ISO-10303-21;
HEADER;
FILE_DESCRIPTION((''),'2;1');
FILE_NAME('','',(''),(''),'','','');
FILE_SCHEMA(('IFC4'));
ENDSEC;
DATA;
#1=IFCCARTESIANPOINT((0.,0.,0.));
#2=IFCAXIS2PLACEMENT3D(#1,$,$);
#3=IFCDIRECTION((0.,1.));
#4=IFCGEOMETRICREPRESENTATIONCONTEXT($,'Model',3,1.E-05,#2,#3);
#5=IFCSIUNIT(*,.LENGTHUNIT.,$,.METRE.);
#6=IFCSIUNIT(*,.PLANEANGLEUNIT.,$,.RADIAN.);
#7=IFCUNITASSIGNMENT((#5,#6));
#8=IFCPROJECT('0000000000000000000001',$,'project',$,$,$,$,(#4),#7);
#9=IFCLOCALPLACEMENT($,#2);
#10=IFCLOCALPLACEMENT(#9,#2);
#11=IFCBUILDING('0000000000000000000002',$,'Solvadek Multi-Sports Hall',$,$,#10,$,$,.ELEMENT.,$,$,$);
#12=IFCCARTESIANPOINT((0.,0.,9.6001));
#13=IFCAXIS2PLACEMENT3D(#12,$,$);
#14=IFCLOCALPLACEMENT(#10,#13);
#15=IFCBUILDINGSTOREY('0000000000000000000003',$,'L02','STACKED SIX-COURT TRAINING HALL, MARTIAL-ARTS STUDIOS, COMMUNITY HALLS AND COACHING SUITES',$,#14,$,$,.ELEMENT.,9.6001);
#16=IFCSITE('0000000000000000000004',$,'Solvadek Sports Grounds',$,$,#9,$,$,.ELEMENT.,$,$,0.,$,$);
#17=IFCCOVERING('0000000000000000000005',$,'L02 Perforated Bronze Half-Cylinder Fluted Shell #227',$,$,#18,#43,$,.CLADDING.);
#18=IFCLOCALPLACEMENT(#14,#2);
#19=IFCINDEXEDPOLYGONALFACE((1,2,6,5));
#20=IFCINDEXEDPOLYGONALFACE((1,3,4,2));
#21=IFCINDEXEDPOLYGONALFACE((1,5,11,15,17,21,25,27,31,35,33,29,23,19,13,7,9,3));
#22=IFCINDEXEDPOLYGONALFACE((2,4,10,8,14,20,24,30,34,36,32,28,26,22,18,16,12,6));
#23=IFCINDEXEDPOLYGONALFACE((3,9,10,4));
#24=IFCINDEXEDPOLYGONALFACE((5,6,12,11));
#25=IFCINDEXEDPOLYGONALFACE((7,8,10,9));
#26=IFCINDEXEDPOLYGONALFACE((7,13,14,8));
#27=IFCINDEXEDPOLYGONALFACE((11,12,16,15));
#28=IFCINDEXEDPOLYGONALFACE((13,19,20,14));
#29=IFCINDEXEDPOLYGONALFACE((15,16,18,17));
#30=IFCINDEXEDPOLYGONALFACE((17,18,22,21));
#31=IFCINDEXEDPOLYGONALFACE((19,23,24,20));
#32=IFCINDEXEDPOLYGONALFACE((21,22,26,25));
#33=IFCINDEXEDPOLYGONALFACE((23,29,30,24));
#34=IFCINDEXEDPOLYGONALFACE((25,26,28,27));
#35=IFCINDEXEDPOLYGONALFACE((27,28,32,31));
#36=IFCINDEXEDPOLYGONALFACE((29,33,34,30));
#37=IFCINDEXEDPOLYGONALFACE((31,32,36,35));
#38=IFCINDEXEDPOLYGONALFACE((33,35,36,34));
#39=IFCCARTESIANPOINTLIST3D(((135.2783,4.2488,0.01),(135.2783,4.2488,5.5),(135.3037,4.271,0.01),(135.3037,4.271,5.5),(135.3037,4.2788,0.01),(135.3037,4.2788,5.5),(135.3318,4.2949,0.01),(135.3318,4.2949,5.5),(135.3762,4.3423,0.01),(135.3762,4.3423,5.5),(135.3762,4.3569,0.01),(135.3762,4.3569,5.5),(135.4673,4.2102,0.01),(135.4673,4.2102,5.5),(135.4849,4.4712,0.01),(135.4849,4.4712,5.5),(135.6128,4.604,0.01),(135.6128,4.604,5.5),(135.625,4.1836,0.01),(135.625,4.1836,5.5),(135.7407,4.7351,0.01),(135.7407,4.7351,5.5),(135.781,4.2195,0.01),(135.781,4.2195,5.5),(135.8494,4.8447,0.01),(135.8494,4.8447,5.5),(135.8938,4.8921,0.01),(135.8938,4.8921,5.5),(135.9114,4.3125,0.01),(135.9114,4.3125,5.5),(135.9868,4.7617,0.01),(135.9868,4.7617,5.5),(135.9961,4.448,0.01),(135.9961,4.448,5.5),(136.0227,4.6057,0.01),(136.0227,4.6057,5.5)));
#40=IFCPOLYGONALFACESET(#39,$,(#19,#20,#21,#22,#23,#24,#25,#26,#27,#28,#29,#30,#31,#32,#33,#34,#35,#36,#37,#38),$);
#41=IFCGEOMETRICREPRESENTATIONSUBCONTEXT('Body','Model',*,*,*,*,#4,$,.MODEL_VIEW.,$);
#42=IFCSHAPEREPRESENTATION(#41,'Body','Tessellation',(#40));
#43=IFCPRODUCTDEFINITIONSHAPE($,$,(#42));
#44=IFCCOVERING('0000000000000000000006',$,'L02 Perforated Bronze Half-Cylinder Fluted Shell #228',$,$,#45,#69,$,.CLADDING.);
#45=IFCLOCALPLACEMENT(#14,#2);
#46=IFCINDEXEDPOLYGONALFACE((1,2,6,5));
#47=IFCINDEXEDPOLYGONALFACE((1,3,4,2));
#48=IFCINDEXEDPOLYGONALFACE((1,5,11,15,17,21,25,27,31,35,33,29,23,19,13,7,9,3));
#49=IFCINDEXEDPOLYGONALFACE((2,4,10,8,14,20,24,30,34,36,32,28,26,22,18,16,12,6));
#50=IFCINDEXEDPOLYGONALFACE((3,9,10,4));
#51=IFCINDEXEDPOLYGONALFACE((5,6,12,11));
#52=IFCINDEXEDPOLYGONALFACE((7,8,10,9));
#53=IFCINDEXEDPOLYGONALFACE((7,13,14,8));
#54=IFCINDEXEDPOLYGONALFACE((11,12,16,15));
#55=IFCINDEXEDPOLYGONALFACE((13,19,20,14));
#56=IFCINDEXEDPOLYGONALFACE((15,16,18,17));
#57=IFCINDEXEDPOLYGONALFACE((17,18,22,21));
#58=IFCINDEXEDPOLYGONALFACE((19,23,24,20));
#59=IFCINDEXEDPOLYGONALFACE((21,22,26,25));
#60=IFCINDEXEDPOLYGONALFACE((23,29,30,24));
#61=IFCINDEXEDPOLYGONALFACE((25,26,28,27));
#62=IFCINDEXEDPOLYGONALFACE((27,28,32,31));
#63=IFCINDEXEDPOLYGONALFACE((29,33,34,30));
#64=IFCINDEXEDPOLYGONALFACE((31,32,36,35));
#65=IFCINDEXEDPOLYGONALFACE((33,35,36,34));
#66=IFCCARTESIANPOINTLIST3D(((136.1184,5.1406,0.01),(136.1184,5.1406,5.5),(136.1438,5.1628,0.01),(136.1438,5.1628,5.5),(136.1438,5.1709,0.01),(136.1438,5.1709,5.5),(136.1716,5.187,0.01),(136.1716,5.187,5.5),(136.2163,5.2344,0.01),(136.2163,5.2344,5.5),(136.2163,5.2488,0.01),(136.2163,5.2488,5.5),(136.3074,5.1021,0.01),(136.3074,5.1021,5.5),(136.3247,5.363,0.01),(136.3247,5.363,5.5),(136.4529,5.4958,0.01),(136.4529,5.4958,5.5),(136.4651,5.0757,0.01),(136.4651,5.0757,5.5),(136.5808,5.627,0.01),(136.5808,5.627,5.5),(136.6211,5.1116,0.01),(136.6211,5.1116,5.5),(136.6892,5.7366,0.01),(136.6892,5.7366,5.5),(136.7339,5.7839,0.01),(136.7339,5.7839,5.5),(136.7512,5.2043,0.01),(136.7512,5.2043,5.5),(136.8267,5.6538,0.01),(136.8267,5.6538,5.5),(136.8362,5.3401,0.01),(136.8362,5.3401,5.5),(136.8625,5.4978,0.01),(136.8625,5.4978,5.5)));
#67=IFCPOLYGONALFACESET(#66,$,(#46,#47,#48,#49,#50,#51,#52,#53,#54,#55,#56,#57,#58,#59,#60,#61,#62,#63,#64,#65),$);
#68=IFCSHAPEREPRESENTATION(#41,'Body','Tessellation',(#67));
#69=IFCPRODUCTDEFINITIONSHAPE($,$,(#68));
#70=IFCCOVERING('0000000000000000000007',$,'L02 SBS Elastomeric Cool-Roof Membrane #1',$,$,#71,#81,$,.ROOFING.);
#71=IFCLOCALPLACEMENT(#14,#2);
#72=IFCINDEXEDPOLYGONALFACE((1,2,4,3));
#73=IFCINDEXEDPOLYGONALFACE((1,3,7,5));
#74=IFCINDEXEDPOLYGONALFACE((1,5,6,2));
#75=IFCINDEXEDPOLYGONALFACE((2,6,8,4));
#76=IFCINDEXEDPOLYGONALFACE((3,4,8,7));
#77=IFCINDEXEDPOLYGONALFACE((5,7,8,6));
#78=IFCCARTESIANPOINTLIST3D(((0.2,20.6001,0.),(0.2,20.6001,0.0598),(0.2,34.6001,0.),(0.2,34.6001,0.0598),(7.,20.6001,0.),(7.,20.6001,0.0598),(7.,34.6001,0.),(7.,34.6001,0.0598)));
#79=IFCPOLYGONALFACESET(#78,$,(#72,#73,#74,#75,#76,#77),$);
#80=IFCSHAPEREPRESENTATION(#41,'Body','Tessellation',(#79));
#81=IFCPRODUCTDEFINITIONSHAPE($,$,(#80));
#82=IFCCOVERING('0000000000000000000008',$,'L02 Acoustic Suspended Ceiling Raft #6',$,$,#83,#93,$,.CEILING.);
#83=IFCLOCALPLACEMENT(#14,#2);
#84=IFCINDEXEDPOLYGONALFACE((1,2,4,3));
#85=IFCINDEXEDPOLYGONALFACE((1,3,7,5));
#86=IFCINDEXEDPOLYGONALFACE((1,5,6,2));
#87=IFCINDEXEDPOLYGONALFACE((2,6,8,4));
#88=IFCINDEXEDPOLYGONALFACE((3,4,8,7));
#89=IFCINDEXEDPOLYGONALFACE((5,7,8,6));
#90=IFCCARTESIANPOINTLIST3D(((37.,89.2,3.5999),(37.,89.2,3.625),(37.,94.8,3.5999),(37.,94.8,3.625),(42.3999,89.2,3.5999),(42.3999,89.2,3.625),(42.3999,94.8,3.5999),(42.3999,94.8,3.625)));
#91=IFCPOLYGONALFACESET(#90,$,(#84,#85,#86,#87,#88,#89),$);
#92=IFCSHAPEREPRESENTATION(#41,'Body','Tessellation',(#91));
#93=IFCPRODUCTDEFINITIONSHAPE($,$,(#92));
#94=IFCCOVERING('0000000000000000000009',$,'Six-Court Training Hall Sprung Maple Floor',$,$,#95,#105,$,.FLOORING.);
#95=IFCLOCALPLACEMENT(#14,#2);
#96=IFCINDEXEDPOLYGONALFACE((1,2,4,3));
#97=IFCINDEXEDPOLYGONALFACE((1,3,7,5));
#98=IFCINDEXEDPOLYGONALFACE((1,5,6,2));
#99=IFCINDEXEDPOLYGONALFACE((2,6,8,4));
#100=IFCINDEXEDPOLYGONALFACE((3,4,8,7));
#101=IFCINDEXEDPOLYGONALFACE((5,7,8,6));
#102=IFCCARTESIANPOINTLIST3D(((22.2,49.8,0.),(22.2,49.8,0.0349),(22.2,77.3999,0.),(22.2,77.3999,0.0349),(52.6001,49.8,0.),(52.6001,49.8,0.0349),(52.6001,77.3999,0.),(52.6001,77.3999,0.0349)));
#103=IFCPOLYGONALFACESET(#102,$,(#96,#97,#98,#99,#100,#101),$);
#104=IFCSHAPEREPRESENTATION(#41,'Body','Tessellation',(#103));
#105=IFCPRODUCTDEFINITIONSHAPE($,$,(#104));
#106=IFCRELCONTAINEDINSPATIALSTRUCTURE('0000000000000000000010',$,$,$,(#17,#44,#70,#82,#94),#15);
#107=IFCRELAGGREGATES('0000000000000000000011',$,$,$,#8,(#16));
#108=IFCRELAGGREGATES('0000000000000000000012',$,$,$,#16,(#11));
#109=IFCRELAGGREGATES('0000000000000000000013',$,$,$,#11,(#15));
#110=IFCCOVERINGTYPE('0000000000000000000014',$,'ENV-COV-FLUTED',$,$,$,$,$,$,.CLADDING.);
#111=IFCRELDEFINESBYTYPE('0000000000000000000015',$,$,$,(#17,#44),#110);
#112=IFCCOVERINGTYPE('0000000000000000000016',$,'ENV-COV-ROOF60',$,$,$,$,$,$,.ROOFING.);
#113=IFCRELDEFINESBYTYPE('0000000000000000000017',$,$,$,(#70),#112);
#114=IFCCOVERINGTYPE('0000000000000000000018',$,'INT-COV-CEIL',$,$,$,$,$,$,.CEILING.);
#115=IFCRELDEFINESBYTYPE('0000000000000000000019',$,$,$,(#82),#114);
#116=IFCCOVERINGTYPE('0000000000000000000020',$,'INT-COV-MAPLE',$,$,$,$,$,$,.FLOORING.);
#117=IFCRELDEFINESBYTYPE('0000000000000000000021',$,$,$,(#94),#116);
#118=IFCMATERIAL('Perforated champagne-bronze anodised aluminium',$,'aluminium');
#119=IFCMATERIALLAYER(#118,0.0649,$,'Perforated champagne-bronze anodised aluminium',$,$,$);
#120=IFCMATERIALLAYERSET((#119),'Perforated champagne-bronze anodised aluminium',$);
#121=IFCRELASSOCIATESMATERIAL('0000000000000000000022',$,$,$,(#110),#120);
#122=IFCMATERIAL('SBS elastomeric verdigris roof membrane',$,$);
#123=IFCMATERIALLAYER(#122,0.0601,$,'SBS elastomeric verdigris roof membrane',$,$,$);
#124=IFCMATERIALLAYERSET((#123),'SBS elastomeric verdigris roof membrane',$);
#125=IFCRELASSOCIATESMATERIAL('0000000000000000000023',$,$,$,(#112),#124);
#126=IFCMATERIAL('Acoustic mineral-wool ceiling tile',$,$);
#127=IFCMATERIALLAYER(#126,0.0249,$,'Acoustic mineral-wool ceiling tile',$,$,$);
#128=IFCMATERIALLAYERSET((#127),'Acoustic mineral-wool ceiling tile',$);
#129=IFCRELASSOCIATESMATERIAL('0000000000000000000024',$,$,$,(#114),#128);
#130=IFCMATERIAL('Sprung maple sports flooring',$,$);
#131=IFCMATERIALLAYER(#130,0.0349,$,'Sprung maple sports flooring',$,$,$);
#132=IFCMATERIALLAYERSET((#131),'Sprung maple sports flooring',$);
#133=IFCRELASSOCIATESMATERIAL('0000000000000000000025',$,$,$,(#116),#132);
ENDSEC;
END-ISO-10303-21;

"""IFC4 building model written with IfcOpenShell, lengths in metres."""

from ifc_helpers import new_model, si_unit, direction, frame, origin, place, context, subcontext, project, spatial, polyline, outline, extrude, material, layer, layer_set, type_object, element, save


model = new_model("IFC4")

# Units and contexts
model_context = context("Model", 3, precision=1e-05, world=origin(), true_north=direction((0.0, 1.0)))
body_context = subcontext(model_context, "Body", "Model", "MODEL_VIEW")
ifc_project = project(units=[si_unit("LENGTHUNIT", "METRE"), si_unit("PLANEANGLEUNIT", "RADIAN")], contexts=[model_context])

# Site, building, storey
site_placement = place(None, origin())
site = spatial("IfcSite", under=ifc_project, at=site_placement, Name="Solvadek Sports Grounds", CompositionType="ELEMENT", RefElevation=0.0)
building_placement = place(site_placement, origin())
building = spatial("IfcBuilding", under=site, at=building_placement, Name="Solvadek Multi-Sports Hall", CompositionType="ELEMENT")
storey_placement = place(building_placement, frame((0.0, 0.0, 9.6001)))
storey = spatial("IfcBuildingStorey", under=building, at=storey_placement, Name="L02", Description="STACKED SIX-COURT TRAINING HALL, MARTIAL-ARTS STUDIOS, COMMUNITY HALLS AND COACHING SUITES", CompositionType="ELEMENT", Elevation=9.6001)

# Coverings
ifc_material_1 = material(Name="Perforated champagne-bronze anodised aluminium", Category="aluminium")
ifc_layer_1 = layer(ifc_material_1, 0.0649, Name="Perforated champagne-bronze anodised aluminium")
ifc_layer_set_1 = layer_set([ifc_layer_1], Name="Perforated champagne-bronze anodised aluminium")
covering_type_1 = type_object("IfcCoveringType", Name="ENV-COV-FLUTED", PredefinedType="CLADDING", material=ifc_layer_set_1)
covering_1_placement = place(storey_placement, frame((0.0, 0.0, 0.01)))
element("IfcCovering", 1, at=covering_1_placement, inside=storey, type_object=covering_type_1, Name="L02 Perforated Bronze Half-Cylinder Fluted Shell #227", PredefinedType="CLADDING", context=body_context, shape_type="SweptSolid", body=[
    extrude(outline(polyline([(135.8938, 4.8921), (135.9868, 4.7617), (136.0227, 4.6057), (135.9961, 4.448), (135.9114, 4.3125), (135.781, 4.2195), (135.625, 4.1836), (135.4673, 4.2102), (135.3318, 4.2949), (135.3762, 4.3423), (135.3037, 4.271), (135.2783, 4.2488), (135.3037, 4.2788), (135.3762, 4.3569), (135.4849, 4.4712), (135.6128, 4.604), (135.7407, 4.7351), (135.8494, 4.8447), (135.8938, 4.8921)])), origin(), (0.0, 0.0, 1.0), 5.49),
])
covering_2_placement = place(storey_placement, frame((0.0, 0.0, 0.01)))
element("IfcCovering", 2, at=covering_2_placement, inside=storey, type_object=covering_type_1, Name="L02 Perforated Bronze Half-Cylinder Fluted Shell #228", PredefinedType="CLADDING", context=body_context, shape_type="SweptSolid", body=[
    extrude(outline(polyline([(136.7339, 5.7839), (136.8267, 5.6538), (136.8625, 5.4978), (136.8362, 5.3401), (136.7512, 5.2043), (136.6211, 5.1116), (136.4651, 5.0757), (136.3074, 5.1021), (136.1716, 5.187), (136.2163, 5.2344), (136.1438, 5.1628), (136.1184, 5.1406), (136.1438, 5.1709), (136.2163, 5.2488), (136.3247, 5.363), (136.4529, 5.4958), (136.5808, 5.627), (136.6892, 5.7366), (136.7339, 5.7839)])), origin(), (0.0, 0.0, 1.0), 5.49),
])
ifc_material_2 = material(Name="SBS elastomeric verdigris roof membrane")
ifc_layer_2 = layer(ifc_material_2, 0.0601, Name="SBS elastomeric verdigris roof membrane")
ifc_layer_set_2 = layer_set([ifc_layer_2], Name="SBS elastomeric verdigris roof membrane")
covering_type_2 = type_object("IfcCoveringType", Name="ENV-COV-ROOF60", PredefinedType="ROOFING", material=ifc_layer_set_2)
covering_3_placement = place(storey_placement, origin())
element("IfcCovering", 3, at=covering_3_placement, inside=storey, type_object=covering_type_2, Name="L02 SBS Elastomeric Cool-Roof Membrane #1", PredefinedType="ROOFING", context=body_context, shape_type="SweptSolid", body=[
    extrude(outline(polyline([(0.2, 20.6001), (7.0, 20.6001), (7.0, 34.6001), (0.2, 34.6001), (0.2, 20.6001)])), origin(), (0.0, 0.0, 1.0), 0.0598),
])
ifc_material_3 = material(Name="Acoustic mineral-wool ceiling tile")
ifc_layer_3 = layer(ifc_material_3, 0.0249, Name="Acoustic mineral-wool ceiling tile")
ifc_layer_set_3 = layer_set([ifc_layer_3], Name="Acoustic mineral-wool ceiling tile")
covering_type_3 = type_object("IfcCoveringType", Name="INT-COV-CEIL", PredefinedType="CEILING", material=ifc_layer_set_3)
covering_4_placement = place(storey_placement, frame((0.0, 0.0, 3.5999)))
element("IfcCovering", 4, at=covering_4_placement, inside=storey, type_object=covering_type_3, Name="L02 Acoustic Suspended Ceiling Raft #6", PredefinedType="CEILING", context=body_context, shape_type="SweptSolid", body=[
    extrude(outline(polyline([(37.0, 89.2), (42.3999, 89.2), (42.3999, 94.8), (37.0, 94.8), (37.0, 89.2)])), origin(), (0.0, 0.0, 1.0), 0.0251),
])
ifc_material_4 = material(Name="Sprung maple sports flooring")
ifc_layer_4 = layer(ifc_material_4, 0.0349, Name="Sprung maple sports flooring")
ifc_layer_set_4 = layer_set([ifc_layer_4], Name="Sprung maple sports flooring")
covering_type_4 = type_object("IfcCoveringType", Name="INT-COV-MAPLE", PredefinedType="FLOORING", material=ifc_layer_set_4)
covering_5_placement = place(storey_placement, origin())
element("IfcCovering", 5, at=covering_5_placement, inside=storey, type_object=covering_type_4, Name="Six-Court Training Hall Sprung Maple Floor", PredefinedType="FLOORING", context=body_context, shape_type="SweptSolid", body=[
    extrude(outline(polyline([(22.2, 49.8), (52.6001, 49.8), (52.6001, 77.3999), (22.2, 77.3999), (22.2, 49.8)])), origin(), (0.0, 0.0, 1.0), 0.0349),
])

save(model, "model.ifc")
